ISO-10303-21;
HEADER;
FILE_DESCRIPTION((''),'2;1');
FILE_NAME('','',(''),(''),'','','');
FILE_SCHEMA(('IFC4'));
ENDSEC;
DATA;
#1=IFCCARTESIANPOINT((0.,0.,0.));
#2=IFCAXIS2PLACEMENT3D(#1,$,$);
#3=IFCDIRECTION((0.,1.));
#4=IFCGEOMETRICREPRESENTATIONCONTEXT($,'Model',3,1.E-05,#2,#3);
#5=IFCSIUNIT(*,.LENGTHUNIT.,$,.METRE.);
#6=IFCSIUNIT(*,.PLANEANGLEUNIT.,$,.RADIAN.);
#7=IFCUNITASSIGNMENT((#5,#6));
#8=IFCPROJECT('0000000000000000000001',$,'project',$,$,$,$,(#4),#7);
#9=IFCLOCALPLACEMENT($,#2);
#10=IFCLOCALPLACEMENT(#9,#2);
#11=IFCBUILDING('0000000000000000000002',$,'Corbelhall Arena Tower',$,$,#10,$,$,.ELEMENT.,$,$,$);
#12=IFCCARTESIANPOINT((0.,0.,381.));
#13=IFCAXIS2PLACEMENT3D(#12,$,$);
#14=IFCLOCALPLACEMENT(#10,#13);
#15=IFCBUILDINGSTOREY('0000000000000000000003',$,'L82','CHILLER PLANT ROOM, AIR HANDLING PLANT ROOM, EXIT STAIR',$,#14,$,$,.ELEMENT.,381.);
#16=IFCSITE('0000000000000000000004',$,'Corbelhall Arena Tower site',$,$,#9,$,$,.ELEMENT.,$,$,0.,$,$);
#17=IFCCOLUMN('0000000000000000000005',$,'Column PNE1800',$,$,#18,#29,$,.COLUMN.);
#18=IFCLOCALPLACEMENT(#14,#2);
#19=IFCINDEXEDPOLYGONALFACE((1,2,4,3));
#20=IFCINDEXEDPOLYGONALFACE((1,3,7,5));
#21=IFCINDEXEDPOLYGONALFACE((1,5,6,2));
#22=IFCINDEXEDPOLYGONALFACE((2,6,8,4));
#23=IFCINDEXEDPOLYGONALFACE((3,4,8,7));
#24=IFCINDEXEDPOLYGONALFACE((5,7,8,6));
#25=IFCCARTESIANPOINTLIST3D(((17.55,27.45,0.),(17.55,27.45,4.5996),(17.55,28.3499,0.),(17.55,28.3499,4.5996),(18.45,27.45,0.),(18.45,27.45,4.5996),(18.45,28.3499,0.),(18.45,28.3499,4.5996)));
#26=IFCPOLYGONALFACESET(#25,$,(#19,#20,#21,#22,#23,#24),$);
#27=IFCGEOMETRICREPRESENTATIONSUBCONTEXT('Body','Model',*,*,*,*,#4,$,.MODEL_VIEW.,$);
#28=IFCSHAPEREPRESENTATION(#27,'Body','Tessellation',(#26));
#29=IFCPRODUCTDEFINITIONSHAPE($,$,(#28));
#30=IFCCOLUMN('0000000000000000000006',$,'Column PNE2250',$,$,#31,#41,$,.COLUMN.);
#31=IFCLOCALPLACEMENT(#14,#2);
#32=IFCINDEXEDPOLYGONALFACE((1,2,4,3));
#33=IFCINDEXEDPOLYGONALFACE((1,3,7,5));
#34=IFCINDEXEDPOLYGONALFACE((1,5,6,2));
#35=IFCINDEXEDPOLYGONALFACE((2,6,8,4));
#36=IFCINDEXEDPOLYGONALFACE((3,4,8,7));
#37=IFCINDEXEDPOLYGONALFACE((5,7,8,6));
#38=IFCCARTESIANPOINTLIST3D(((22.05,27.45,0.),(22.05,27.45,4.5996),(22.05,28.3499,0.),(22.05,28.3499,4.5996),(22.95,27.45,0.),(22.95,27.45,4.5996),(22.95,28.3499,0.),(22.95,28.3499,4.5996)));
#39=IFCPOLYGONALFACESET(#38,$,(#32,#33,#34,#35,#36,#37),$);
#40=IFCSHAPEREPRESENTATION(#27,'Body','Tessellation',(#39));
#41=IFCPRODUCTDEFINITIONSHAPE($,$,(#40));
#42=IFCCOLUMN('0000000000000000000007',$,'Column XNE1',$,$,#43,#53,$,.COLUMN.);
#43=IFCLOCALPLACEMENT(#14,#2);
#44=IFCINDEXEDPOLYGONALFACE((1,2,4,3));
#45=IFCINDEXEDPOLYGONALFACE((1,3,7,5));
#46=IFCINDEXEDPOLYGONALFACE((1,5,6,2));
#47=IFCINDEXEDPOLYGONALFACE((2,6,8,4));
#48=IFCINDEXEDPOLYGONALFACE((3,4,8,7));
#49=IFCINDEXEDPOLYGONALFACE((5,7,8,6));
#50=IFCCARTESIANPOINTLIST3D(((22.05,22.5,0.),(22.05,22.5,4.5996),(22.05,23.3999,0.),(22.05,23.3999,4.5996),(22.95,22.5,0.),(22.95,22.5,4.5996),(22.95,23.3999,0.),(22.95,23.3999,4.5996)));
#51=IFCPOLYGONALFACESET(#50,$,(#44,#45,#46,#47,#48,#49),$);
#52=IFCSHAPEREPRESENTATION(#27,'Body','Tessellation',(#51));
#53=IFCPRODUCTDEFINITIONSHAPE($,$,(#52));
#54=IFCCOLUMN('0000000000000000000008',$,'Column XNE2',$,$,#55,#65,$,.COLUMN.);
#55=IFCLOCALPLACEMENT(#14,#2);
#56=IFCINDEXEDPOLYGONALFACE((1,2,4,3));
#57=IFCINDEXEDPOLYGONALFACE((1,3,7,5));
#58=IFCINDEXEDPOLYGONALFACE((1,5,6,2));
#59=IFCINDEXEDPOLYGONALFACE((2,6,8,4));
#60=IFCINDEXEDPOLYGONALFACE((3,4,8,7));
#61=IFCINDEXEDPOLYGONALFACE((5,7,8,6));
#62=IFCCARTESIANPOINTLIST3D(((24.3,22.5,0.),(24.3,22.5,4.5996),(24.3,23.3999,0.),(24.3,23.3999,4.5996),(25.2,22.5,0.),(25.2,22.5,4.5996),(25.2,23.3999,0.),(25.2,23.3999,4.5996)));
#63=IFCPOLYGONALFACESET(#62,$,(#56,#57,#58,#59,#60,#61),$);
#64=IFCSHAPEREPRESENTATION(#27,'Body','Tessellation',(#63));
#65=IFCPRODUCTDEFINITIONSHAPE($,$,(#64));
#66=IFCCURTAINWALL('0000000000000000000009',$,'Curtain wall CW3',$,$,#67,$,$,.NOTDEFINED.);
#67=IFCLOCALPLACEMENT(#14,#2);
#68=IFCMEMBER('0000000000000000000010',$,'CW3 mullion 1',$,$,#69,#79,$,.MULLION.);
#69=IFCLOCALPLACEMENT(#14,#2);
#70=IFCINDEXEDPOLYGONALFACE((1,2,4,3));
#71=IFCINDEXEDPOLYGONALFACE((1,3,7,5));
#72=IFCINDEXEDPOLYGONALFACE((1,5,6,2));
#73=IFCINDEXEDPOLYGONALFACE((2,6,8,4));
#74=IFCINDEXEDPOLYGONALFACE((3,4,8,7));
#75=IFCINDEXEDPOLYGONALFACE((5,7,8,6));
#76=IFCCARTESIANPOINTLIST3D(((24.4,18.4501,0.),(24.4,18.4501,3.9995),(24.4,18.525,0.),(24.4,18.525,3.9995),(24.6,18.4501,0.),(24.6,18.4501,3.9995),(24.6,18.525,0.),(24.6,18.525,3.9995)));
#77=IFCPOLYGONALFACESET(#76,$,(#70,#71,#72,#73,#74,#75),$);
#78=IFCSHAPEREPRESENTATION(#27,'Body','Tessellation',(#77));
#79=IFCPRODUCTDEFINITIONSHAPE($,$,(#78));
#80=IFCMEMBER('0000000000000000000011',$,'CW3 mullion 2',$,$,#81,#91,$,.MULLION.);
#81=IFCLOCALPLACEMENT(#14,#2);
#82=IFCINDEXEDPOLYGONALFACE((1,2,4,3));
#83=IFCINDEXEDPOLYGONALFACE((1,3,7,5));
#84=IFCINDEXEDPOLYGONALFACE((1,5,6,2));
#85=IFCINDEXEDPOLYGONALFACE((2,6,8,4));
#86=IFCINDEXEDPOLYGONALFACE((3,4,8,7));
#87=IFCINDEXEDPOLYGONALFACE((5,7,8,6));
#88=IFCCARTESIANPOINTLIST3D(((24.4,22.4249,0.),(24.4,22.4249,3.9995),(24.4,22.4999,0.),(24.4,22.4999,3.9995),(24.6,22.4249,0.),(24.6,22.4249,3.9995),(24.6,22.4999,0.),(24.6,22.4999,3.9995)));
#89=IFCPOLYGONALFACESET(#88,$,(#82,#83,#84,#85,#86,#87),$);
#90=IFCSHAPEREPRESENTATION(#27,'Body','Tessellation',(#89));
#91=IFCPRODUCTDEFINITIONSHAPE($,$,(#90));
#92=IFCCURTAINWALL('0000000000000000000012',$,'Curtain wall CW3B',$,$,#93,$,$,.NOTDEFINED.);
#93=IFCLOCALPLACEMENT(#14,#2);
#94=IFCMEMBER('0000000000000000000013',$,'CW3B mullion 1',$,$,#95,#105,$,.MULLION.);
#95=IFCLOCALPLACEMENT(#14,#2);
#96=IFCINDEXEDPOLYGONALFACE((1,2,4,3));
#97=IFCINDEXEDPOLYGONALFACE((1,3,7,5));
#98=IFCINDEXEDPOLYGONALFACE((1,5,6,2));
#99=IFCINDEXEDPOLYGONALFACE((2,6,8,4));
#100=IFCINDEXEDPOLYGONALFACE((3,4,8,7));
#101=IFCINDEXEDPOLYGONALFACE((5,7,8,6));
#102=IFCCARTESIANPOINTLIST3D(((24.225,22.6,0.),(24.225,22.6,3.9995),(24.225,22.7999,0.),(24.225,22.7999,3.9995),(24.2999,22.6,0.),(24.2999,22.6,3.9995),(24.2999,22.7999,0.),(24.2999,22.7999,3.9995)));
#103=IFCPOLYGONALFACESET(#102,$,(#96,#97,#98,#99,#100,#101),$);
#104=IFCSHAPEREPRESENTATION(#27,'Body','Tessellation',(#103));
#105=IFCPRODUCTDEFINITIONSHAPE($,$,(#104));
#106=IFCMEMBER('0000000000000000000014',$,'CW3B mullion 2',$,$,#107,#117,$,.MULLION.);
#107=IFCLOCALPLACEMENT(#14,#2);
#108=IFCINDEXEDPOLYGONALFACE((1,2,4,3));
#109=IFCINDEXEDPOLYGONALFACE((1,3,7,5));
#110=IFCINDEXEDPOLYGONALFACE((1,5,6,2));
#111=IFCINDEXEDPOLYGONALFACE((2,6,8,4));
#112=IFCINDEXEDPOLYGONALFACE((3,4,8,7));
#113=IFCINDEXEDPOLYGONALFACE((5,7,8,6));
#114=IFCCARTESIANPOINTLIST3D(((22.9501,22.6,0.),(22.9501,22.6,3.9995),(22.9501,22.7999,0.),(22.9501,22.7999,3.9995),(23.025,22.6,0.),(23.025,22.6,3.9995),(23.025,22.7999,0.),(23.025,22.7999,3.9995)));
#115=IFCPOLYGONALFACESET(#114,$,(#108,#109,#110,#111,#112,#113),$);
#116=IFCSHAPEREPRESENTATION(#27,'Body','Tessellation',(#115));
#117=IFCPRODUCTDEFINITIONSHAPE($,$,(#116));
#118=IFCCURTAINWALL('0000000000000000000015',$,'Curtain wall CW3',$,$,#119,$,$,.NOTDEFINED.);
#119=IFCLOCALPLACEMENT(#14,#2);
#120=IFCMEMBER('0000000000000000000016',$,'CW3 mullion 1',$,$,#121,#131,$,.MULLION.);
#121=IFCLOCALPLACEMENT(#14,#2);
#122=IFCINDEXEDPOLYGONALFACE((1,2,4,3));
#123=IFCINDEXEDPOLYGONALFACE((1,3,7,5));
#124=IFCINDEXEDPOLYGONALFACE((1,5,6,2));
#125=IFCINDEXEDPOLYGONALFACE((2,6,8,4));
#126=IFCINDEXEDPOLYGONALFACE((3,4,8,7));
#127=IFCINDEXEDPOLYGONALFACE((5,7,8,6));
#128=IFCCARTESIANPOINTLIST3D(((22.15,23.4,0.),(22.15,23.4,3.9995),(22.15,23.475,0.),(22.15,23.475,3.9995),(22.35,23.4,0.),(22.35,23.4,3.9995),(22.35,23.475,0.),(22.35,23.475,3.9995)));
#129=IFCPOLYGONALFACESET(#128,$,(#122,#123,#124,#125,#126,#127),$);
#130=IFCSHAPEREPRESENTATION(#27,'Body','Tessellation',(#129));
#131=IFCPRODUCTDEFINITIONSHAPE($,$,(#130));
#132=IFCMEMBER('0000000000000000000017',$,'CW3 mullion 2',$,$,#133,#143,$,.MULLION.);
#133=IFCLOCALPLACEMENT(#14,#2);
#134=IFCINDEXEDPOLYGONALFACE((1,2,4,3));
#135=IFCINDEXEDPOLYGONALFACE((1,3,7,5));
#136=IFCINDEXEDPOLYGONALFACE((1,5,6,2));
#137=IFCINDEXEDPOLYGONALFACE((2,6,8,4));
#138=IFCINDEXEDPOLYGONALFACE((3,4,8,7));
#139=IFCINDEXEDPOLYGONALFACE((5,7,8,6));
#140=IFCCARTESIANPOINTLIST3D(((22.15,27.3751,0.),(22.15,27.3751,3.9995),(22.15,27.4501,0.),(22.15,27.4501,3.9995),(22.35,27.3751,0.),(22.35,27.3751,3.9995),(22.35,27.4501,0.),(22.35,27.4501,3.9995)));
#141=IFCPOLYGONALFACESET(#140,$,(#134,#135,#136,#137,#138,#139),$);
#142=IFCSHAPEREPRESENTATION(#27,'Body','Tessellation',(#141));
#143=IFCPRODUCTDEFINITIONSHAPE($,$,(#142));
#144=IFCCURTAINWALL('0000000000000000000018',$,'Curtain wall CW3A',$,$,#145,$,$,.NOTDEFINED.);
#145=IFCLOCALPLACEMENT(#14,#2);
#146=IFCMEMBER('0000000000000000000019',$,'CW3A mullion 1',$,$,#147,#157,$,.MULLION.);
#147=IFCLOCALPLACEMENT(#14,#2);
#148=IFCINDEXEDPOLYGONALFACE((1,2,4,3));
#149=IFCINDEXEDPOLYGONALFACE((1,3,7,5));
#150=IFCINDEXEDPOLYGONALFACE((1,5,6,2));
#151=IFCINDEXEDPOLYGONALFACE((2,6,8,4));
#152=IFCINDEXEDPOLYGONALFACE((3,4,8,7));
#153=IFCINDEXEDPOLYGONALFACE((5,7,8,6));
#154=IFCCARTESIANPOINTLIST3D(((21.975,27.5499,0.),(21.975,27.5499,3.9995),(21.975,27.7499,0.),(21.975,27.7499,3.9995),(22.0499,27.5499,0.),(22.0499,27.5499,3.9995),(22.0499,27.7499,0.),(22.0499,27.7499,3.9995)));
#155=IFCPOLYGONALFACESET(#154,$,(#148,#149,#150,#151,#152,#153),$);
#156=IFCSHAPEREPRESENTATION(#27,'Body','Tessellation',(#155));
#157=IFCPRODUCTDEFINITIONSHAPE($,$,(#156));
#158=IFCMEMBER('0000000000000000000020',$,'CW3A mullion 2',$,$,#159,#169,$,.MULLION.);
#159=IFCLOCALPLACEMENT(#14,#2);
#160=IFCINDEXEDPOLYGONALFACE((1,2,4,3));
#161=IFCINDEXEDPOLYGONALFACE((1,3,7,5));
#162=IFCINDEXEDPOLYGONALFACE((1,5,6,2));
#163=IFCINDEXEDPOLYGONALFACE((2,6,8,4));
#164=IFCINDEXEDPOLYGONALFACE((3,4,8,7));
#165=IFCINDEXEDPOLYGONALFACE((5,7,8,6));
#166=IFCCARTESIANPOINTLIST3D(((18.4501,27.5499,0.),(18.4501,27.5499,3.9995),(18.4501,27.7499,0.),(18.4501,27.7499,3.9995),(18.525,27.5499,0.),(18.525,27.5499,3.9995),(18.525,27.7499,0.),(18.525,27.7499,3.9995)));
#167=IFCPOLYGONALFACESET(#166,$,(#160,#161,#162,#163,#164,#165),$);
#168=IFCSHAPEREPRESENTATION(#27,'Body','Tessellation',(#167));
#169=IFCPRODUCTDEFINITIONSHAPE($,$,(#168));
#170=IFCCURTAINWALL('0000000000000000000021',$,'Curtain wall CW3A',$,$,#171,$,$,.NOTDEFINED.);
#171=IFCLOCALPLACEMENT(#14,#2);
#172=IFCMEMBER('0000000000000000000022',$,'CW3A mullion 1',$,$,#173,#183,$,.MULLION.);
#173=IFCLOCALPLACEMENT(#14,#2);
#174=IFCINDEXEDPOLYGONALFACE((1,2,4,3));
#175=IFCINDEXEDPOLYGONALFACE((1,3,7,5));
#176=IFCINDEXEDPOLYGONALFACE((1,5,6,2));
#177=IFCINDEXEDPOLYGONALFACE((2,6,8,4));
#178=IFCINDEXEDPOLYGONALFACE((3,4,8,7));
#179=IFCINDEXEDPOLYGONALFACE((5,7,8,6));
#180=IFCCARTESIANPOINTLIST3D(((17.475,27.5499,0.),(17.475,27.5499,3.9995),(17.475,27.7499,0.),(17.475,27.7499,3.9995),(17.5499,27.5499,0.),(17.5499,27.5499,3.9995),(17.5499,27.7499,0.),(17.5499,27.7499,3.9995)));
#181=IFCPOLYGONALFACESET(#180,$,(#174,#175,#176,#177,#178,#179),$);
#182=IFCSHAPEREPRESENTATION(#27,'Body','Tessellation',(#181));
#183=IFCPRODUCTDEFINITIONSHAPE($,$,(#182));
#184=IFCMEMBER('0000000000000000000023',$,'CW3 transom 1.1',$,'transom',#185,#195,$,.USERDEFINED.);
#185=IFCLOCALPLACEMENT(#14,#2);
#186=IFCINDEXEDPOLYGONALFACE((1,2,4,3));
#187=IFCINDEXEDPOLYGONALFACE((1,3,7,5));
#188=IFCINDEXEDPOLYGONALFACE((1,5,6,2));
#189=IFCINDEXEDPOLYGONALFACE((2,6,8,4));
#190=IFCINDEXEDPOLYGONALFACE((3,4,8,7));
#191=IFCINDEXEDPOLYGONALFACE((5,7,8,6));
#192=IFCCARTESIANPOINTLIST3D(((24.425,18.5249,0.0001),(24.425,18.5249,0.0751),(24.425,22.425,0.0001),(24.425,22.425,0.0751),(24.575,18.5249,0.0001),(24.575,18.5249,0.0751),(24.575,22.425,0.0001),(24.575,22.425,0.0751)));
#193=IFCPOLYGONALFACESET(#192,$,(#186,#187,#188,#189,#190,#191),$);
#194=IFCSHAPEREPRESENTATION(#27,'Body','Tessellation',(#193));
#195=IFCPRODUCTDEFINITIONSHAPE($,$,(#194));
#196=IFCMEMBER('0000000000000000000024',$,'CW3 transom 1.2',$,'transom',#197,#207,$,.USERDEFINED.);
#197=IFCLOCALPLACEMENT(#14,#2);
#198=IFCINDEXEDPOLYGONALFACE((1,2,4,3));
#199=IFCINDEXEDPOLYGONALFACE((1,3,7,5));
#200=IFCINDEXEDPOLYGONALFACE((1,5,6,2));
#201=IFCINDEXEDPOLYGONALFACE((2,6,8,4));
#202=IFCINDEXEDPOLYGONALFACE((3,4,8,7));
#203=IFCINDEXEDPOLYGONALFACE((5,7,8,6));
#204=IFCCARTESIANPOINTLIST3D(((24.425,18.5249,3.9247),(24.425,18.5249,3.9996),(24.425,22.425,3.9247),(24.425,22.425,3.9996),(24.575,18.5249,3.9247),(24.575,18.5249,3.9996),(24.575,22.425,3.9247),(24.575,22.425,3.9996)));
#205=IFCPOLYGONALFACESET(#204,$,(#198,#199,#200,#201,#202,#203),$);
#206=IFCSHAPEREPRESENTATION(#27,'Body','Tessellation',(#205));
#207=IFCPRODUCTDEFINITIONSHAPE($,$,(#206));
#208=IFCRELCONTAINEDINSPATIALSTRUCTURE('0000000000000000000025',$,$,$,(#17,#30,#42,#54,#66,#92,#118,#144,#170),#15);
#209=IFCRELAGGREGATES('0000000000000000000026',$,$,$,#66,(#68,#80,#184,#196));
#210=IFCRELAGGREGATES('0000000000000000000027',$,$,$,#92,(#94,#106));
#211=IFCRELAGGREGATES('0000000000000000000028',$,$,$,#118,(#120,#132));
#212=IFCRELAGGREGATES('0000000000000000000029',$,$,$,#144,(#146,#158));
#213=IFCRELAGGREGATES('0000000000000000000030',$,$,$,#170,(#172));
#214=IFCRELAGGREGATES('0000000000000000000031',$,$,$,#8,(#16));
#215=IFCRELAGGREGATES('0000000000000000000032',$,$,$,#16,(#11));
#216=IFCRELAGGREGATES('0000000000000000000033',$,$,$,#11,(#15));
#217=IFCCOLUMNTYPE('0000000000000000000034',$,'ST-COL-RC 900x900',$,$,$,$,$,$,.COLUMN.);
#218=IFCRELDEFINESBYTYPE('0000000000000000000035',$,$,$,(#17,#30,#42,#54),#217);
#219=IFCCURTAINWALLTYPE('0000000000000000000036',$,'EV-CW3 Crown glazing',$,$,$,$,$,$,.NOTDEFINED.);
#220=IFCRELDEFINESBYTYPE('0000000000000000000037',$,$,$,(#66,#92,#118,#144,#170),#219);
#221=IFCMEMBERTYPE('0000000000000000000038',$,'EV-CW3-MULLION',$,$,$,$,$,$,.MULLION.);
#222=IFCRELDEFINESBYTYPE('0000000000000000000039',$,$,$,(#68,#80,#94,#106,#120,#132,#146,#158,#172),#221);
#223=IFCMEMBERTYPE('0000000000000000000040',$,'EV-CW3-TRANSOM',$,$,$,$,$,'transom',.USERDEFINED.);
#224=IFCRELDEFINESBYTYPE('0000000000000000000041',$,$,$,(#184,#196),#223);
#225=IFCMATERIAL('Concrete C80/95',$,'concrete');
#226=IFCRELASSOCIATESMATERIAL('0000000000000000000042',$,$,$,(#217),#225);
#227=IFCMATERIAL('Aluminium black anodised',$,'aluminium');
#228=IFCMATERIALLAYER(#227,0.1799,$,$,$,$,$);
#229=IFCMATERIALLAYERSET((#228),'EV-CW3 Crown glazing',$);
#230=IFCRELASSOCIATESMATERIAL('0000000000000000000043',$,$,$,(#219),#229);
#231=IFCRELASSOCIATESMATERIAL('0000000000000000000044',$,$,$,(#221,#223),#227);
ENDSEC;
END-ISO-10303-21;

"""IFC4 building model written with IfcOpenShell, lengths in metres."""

from ifc_helpers import new_model, si_unit, direction, frame, origin, origin_2d, place, context, subcontext, project, spatial, rectangle, extrude, material, layer, layer_set, material_profile, profile_set, type_object, element, aggregate, save


model = new_model("IFC4")

# Units and contexts
model_context = context("Model", 3, precision=1e-05, world=origin(), true_north=direction((0.0, 1.0)))
body_context = subcontext(model_context, "Body", "Model", "MODEL_VIEW")
ifc_project = project(units=[si_unit("LENGTHUNIT", "METRE"), si_unit("PLANEANGLEUNIT", "RADIAN")], contexts=[model_context])

# Site, building, storey
site_placement = place(None, origin())
site = spatial("IfcSite", under=ifc_project, at=site_placement, Name="Corbelhall Arena Tower site", CompositionType="ELEMENT", RefElevation=0.0)
building_placement = place(site_placement, origin())
building = spatial("IfcBuilding", under=site, at=building_placement, Name="Corbelhall Arena Tower", CompositionType="ELEMENT")
storey_placement = place(building_placement, frame((0.0, 0.0, 381.0)))
storey = spatial("IfcBuildingStorey", under=building, at=storey_placement, Name="L82", Description="CHILLER PLANT ROOM, AIR HANDLING PLANT ROOM, EXIT STAIR", CompositionType="ELEMENT", Elevation=381.0)

# Columns
ifc_material_1 = material(Name="Concrete C80/95", Category="concrete")
ifc_material_profile_1 = material_profile(ifc_material_1, rectangle(XDim=0.8999, YDim=0.8999, at=origin_2d()))
ifc_profile_set_1 = profile_set([ifc_material_profile_1], Name="Concrete C80/95")
column_type = type_object("IfcColumnType", Name="ST-COL-RC 900x900", PredefinedType="COLUMN", material=ifc_profile_set_1)
for number, where, z_axis, x_axis, name in (
    (1, (18.0, 27.8999, 0.0), (0.0, 0.0, 1.0), (1.0, 0.0, 0.0), "Column PNE1800"),
    (2, (22.5, 27.8999, 0.0), (0.0, 0.0, 1.0), (1.0, 0.0, 0.0), "Column PNE2250"),
    (3, (22.5, 22.95, 0.0), (0.0, 0.0, 1.0), (1.0, 0.0, 0.0), "Column XNE1"),
    (4, (24.75, 22.95, 0.0), (0.0, 0.0, 1.0), (1.0, 0.0, 0.0), "Column XNE2"),
):
    element("IfcColumn", number, at=place(storey_placement, frame(where, z_axis=z_axis, x_axis=x_axis)), inside=storey, type_object=column_type, Name=name, PredefinedType="COLUMN", context=body_context, shape_type="SweptSolid", body=[
        extrude(rectangle(XDim=0.8999, YDim=0.8999, at=origin_2d()), origin(), (0.0, 0.0, 1.0), 4.5996),
    ])

# Curtain walls, members
ifc_material_2 = material(Name="Aluminium black anodised", Category="aluminium")
ifc_layer_1 = layer(ifc_material_2, 0.1799)
ifc_layer_set_1 = layer_set([ifc_layer_1], Name="EV-CW3 Crown glazing")
curtain_wall_type = type_object("IfcCurtainWallType", Name="EV-CW3 Crown glazing", PredefinedType="NOTDEFINED", material=ifc_layer_set_1)
curtain_wall_1_placement = place(storey_placement, origin())
curtain_wall_1 = element("IfcCurtainWall", 5, at=curtain_wall_1_placement, inside=storey, type_object=curtain_wall_type, Name="Curtain wall CW3", PredefinedType="NOTDEFINED")
ifc_material_profile_2 = material_profile(ifc_material_2, rectangle(XDim=0.2, YDim=0.075, at=origin_2d()))
ifc_profile_set_2 = profile_set([ifc_material_profile_2], Name="Aluminium black anodised")
member_type_1 = type_object("IfcMemberType", Name="EV-CW3-MULLION", PredefinedType="MULLION", material=ifc_profile_set_2)
member_1_placement = place(storey_placement, frame((24.5, 18.4875, 0.0), z_axis=(0.0, 0.0, 1.0), x_axis=(-1.0, 0.0, 0.0)))
member_1 = element("IfcMember", 6, at=member_1_placement, type_object=member_type_1, Name="CW3 mullion 1", PredefinedType="MULLION", context=body_context, shape_type="SweptSolid", body=[
    extrude(rectangle(XDim=0.2, YDim=0.075, at=origin_2d()), origin(), (0.0, 0.0, 1.0), 3.9995),
])
member_2_placement = place(storey_placement, frame((24.5, 22.4624, 0.0), z_axis=(0.0, 0.0, 1.0), x_axis=(-1.0, 0.0, 0.0)))
member_2 = element("IfcMember", 7, at=member_2_placement, type_object=member_type_1, Name="CW3 mullion 2", PredefinedType="MULLION", context=body_context, shape_type="SweptSolid", body=[
    extrude(rectangle(XDim=0.2, YDim=0.075, at=origin_2d()), origin(), (0.0, 0.0, 1.0), 3.9995),
])
curtain_wall_2_placement = place(storey_placement, origin())
curtain_wall_2 = element("IfcCurtainWall", 8, at=curtain_wall_2_placement, inside=storey, type_object=curtain_wall_type, Name="Curtain wall CW3B", PredefinedType="NOTDEFINED")
member_3_placement = place(storey_placement, frame((24.2625, 22.7, 0.0), z_axis=(0.0, 0.0, 1.0), x_axis=(0.0, -1.0, 0.0)))
member_3 = element("IfcMember", 9, at=member_3_placement, type_object=member_type_1, Name="CW3B mullion 1", PredefinedType="MULLION", context=body_context, shape_type="SweptSolid", body=[
    extrude(rectangle(XDim=0.2, YDim=0.075, at=origin_2d()), origin(), (0.0, 0.0, 1.0), 3.9995),
])
member_4_placement = place(storey_placement, frame((22.9875, 22.7, 0.0), z_axis=(0.0, 0.0, 1.0), x_axis=(0.0, -1.0, 0.0)))
member_4 = element("IfcMember", 10, at=member_4_placement, type_object=member_type_1, Name="CW3B mullion 2", PredefinedType="MULLION", context=body_context, shape_type="SweptSolid", body=[
    extrude(rectangle(XDim=0.2, YDim=0.075, at=origin_2d()), origin(), (0.0, 0.0, 1.0), 3.9995),
])
curtain_wall_3_placement = place(storey_placement, origin())
curtain_wall_3 = element("IfcCurtainWall", 11, at=curtain_wall_3_placement, inside=storey, type_object=curtain_wall_type, Name="Curtain wall CW3", PredefinedType="NOTDEFINED")
member_5_placement = place(storey_placement, frame((22.25, 23.4375, 0.0), z_axis=(0.0, 0.0, 1.0), x_axis=(-1.0, 0.0, 0.0)))
member_5 = element("IfcMember", 12, at=member_5_placement, type_object=member_type_1, Name="CW3 mullion 1", PredefinedType="MULLION", context=body_context, shape_type="SweptSolid", body=[
    extrude(rectangle(XDim=0.2, YDim=0.075, at=origin_2d()), origin(), (0.0, 0.0, 1.0), 3.9995),
])
member_6_placement = place(storey_placement, frame((22.25, 27.4126, 0.0), z_axis=(0.0, 0.0, 1.0), x_axis=(-1.0, 0.0, 0.0)))
member_6 = element("IfcMember", 13, at=member_6_placement, type_object=member_type_1, Name="CW3 mullion 2", PredefinedType="MULLION", context=body_context, shape_type="SweptSolid", body=[
    extrude(rectangle(XDim=0.2, YDim=0.075, at=origin_2d()), origin(), (0.0, 0.0, 1.0), 3.9995),
])
curtain_wall_4_placement = place(storey_placement, origin())
curtain_wall_4 = element("IfcCurtainWall", 14, at=curtain_wall_4_placement, inside=storey, type_object=curtain_wall_type, Name="Curtain wall CW3A", PredefinedType="NOTDEFINED")
member_7_placement = place(storey_placement, frame((22.0125, 27.6499, 0.0), z_axis=(0.0, 0.0, 1.0), x_axis=(0.0, -1.0, 0.0)))
member_7 = element("IfcMember", 15, at=member_7_placement, type_object=member_type_1, Name="CW3A mullion 1", PredefinedType="MULLION", context=body_context, shape_type="SweptSolid", body=[
    extrude(rectangle(XDim=0.2, YDim=0.075, at=origin_2d()), origin(), (0.0, 0.0, 1.0), 3.9995),
])
member_8_placement = place(storey_placement, frame((18.4875, 27.6499, 0.0), z_axis=(0.0, 0.0, 1.0), x_axis=(0.0, -1.0, 0.0)))
member_8 = element("IfcMember", 16, at=member_8_placement, type_object=member_type_1, Name="CW3A mullion 2", PredefinedType="MULLION", context=body_context, shape_type="SweptSolid", body=[
    extrude(rectangle(XDim=0.2, YDim=0.075, at=origin_2d()), origin(), (0.0, 0.0, 1.0), 3.9995),
])

# Curtain wall, member
curtain_wall_5_placement = place(storey_placement, origin())
curtain_wall_5 = element("IfcCurtainWall", 17, at=curtain_wall_5_placement, inside=storey, type_object=curtain_wall_type, Name="Curtain wall CW3A", PredefinedType="NOTDEFINED")
member_9_placement = place(storey_placement, frame((17.5125, 27.6499, 0.0), z_axis=(0.0, 0.0, 1.0), x_axis=(0.0, -1.0, 0.0)))
member_9 = element("IfcMember", 18, at=member_9_placement, type_object=member_type_1, Name="CW3A mullion 1", PredefinedType="MULLION", context=body_context, shape_type="SweptSolid", body=[
    extrude(rectangle(XDim=0.2, YDim=0.075, at=origin_2d()), origin(), (0.0, 0.0, 1.0), 3.9995),
])

# Members
ifc_material_profile_3 = material_profile(ifc_material_2, rectangle(XDim=0.1499, YDim=0.075, at=origin_2d()))
ifc_profile_set_3 = profile_set([ifc_material_profile_3], Name="Aluminium black anodised")
member_type_2 = type_object("IfcMemberType", Name="EV-CW3-TRANSOM", ElementType="transom", PredefinedType="USERDEFINED", material=ifc_profile_set_3)
member_10_placement = place(storey_placement, frame((24.5, 18.5249, 0.0376), z_axis=(0.0, 1.0, 0.0), x_axis=(-1.0, 0.0, 0.0)))
member_10 = element("IfcMember", 19, at=member_10_placement, type_object=member_type_2, Name="CW3 transom 1.1", ObjectType="transom", PredefinedType="USERDEFINED", context=body_context, shape_type="SweptSolid", body=[
    extrude(rectangle(XDim=0.1499, YDim=0.075, at=origin_2d()), origin(), (0.0, 0.0, 1.0), 3.9001),
])
member_11_placement = place(storey_placement, frame((24.5, 18.5249, 3.9622), z_axis=(0.0, 1.0, 0.0), x_axis=(-1.0, 0.0, 0.0)))
member_11 = element("IfcMember", 20, at=member_11_placement, type_object=member_type_2, Name="CW3 transom 1.2", ObjectType="transom", PredefinedType="USERDEFINED", context=body_context, shape_type="SweptSolid", body=[
    extrude(rectangle(XDim=0.1499, YDim=0.075, at=origin_2d()), origin(), (0.0, 0.0, 1.0), 3.9001),
])

aggregate(curtain_wall_1, [member_1, member_2, member_10, member_11])
aggregate(curtain_wall_2, [member_3, member_4])
aggregate(curtain_wall_3, [member_5, member_6])
aggregate(curtain_wall_4, [member_7, member_8])
aggregate(curtain_wall_5, [member_9])

save(model, "model.ifc")
